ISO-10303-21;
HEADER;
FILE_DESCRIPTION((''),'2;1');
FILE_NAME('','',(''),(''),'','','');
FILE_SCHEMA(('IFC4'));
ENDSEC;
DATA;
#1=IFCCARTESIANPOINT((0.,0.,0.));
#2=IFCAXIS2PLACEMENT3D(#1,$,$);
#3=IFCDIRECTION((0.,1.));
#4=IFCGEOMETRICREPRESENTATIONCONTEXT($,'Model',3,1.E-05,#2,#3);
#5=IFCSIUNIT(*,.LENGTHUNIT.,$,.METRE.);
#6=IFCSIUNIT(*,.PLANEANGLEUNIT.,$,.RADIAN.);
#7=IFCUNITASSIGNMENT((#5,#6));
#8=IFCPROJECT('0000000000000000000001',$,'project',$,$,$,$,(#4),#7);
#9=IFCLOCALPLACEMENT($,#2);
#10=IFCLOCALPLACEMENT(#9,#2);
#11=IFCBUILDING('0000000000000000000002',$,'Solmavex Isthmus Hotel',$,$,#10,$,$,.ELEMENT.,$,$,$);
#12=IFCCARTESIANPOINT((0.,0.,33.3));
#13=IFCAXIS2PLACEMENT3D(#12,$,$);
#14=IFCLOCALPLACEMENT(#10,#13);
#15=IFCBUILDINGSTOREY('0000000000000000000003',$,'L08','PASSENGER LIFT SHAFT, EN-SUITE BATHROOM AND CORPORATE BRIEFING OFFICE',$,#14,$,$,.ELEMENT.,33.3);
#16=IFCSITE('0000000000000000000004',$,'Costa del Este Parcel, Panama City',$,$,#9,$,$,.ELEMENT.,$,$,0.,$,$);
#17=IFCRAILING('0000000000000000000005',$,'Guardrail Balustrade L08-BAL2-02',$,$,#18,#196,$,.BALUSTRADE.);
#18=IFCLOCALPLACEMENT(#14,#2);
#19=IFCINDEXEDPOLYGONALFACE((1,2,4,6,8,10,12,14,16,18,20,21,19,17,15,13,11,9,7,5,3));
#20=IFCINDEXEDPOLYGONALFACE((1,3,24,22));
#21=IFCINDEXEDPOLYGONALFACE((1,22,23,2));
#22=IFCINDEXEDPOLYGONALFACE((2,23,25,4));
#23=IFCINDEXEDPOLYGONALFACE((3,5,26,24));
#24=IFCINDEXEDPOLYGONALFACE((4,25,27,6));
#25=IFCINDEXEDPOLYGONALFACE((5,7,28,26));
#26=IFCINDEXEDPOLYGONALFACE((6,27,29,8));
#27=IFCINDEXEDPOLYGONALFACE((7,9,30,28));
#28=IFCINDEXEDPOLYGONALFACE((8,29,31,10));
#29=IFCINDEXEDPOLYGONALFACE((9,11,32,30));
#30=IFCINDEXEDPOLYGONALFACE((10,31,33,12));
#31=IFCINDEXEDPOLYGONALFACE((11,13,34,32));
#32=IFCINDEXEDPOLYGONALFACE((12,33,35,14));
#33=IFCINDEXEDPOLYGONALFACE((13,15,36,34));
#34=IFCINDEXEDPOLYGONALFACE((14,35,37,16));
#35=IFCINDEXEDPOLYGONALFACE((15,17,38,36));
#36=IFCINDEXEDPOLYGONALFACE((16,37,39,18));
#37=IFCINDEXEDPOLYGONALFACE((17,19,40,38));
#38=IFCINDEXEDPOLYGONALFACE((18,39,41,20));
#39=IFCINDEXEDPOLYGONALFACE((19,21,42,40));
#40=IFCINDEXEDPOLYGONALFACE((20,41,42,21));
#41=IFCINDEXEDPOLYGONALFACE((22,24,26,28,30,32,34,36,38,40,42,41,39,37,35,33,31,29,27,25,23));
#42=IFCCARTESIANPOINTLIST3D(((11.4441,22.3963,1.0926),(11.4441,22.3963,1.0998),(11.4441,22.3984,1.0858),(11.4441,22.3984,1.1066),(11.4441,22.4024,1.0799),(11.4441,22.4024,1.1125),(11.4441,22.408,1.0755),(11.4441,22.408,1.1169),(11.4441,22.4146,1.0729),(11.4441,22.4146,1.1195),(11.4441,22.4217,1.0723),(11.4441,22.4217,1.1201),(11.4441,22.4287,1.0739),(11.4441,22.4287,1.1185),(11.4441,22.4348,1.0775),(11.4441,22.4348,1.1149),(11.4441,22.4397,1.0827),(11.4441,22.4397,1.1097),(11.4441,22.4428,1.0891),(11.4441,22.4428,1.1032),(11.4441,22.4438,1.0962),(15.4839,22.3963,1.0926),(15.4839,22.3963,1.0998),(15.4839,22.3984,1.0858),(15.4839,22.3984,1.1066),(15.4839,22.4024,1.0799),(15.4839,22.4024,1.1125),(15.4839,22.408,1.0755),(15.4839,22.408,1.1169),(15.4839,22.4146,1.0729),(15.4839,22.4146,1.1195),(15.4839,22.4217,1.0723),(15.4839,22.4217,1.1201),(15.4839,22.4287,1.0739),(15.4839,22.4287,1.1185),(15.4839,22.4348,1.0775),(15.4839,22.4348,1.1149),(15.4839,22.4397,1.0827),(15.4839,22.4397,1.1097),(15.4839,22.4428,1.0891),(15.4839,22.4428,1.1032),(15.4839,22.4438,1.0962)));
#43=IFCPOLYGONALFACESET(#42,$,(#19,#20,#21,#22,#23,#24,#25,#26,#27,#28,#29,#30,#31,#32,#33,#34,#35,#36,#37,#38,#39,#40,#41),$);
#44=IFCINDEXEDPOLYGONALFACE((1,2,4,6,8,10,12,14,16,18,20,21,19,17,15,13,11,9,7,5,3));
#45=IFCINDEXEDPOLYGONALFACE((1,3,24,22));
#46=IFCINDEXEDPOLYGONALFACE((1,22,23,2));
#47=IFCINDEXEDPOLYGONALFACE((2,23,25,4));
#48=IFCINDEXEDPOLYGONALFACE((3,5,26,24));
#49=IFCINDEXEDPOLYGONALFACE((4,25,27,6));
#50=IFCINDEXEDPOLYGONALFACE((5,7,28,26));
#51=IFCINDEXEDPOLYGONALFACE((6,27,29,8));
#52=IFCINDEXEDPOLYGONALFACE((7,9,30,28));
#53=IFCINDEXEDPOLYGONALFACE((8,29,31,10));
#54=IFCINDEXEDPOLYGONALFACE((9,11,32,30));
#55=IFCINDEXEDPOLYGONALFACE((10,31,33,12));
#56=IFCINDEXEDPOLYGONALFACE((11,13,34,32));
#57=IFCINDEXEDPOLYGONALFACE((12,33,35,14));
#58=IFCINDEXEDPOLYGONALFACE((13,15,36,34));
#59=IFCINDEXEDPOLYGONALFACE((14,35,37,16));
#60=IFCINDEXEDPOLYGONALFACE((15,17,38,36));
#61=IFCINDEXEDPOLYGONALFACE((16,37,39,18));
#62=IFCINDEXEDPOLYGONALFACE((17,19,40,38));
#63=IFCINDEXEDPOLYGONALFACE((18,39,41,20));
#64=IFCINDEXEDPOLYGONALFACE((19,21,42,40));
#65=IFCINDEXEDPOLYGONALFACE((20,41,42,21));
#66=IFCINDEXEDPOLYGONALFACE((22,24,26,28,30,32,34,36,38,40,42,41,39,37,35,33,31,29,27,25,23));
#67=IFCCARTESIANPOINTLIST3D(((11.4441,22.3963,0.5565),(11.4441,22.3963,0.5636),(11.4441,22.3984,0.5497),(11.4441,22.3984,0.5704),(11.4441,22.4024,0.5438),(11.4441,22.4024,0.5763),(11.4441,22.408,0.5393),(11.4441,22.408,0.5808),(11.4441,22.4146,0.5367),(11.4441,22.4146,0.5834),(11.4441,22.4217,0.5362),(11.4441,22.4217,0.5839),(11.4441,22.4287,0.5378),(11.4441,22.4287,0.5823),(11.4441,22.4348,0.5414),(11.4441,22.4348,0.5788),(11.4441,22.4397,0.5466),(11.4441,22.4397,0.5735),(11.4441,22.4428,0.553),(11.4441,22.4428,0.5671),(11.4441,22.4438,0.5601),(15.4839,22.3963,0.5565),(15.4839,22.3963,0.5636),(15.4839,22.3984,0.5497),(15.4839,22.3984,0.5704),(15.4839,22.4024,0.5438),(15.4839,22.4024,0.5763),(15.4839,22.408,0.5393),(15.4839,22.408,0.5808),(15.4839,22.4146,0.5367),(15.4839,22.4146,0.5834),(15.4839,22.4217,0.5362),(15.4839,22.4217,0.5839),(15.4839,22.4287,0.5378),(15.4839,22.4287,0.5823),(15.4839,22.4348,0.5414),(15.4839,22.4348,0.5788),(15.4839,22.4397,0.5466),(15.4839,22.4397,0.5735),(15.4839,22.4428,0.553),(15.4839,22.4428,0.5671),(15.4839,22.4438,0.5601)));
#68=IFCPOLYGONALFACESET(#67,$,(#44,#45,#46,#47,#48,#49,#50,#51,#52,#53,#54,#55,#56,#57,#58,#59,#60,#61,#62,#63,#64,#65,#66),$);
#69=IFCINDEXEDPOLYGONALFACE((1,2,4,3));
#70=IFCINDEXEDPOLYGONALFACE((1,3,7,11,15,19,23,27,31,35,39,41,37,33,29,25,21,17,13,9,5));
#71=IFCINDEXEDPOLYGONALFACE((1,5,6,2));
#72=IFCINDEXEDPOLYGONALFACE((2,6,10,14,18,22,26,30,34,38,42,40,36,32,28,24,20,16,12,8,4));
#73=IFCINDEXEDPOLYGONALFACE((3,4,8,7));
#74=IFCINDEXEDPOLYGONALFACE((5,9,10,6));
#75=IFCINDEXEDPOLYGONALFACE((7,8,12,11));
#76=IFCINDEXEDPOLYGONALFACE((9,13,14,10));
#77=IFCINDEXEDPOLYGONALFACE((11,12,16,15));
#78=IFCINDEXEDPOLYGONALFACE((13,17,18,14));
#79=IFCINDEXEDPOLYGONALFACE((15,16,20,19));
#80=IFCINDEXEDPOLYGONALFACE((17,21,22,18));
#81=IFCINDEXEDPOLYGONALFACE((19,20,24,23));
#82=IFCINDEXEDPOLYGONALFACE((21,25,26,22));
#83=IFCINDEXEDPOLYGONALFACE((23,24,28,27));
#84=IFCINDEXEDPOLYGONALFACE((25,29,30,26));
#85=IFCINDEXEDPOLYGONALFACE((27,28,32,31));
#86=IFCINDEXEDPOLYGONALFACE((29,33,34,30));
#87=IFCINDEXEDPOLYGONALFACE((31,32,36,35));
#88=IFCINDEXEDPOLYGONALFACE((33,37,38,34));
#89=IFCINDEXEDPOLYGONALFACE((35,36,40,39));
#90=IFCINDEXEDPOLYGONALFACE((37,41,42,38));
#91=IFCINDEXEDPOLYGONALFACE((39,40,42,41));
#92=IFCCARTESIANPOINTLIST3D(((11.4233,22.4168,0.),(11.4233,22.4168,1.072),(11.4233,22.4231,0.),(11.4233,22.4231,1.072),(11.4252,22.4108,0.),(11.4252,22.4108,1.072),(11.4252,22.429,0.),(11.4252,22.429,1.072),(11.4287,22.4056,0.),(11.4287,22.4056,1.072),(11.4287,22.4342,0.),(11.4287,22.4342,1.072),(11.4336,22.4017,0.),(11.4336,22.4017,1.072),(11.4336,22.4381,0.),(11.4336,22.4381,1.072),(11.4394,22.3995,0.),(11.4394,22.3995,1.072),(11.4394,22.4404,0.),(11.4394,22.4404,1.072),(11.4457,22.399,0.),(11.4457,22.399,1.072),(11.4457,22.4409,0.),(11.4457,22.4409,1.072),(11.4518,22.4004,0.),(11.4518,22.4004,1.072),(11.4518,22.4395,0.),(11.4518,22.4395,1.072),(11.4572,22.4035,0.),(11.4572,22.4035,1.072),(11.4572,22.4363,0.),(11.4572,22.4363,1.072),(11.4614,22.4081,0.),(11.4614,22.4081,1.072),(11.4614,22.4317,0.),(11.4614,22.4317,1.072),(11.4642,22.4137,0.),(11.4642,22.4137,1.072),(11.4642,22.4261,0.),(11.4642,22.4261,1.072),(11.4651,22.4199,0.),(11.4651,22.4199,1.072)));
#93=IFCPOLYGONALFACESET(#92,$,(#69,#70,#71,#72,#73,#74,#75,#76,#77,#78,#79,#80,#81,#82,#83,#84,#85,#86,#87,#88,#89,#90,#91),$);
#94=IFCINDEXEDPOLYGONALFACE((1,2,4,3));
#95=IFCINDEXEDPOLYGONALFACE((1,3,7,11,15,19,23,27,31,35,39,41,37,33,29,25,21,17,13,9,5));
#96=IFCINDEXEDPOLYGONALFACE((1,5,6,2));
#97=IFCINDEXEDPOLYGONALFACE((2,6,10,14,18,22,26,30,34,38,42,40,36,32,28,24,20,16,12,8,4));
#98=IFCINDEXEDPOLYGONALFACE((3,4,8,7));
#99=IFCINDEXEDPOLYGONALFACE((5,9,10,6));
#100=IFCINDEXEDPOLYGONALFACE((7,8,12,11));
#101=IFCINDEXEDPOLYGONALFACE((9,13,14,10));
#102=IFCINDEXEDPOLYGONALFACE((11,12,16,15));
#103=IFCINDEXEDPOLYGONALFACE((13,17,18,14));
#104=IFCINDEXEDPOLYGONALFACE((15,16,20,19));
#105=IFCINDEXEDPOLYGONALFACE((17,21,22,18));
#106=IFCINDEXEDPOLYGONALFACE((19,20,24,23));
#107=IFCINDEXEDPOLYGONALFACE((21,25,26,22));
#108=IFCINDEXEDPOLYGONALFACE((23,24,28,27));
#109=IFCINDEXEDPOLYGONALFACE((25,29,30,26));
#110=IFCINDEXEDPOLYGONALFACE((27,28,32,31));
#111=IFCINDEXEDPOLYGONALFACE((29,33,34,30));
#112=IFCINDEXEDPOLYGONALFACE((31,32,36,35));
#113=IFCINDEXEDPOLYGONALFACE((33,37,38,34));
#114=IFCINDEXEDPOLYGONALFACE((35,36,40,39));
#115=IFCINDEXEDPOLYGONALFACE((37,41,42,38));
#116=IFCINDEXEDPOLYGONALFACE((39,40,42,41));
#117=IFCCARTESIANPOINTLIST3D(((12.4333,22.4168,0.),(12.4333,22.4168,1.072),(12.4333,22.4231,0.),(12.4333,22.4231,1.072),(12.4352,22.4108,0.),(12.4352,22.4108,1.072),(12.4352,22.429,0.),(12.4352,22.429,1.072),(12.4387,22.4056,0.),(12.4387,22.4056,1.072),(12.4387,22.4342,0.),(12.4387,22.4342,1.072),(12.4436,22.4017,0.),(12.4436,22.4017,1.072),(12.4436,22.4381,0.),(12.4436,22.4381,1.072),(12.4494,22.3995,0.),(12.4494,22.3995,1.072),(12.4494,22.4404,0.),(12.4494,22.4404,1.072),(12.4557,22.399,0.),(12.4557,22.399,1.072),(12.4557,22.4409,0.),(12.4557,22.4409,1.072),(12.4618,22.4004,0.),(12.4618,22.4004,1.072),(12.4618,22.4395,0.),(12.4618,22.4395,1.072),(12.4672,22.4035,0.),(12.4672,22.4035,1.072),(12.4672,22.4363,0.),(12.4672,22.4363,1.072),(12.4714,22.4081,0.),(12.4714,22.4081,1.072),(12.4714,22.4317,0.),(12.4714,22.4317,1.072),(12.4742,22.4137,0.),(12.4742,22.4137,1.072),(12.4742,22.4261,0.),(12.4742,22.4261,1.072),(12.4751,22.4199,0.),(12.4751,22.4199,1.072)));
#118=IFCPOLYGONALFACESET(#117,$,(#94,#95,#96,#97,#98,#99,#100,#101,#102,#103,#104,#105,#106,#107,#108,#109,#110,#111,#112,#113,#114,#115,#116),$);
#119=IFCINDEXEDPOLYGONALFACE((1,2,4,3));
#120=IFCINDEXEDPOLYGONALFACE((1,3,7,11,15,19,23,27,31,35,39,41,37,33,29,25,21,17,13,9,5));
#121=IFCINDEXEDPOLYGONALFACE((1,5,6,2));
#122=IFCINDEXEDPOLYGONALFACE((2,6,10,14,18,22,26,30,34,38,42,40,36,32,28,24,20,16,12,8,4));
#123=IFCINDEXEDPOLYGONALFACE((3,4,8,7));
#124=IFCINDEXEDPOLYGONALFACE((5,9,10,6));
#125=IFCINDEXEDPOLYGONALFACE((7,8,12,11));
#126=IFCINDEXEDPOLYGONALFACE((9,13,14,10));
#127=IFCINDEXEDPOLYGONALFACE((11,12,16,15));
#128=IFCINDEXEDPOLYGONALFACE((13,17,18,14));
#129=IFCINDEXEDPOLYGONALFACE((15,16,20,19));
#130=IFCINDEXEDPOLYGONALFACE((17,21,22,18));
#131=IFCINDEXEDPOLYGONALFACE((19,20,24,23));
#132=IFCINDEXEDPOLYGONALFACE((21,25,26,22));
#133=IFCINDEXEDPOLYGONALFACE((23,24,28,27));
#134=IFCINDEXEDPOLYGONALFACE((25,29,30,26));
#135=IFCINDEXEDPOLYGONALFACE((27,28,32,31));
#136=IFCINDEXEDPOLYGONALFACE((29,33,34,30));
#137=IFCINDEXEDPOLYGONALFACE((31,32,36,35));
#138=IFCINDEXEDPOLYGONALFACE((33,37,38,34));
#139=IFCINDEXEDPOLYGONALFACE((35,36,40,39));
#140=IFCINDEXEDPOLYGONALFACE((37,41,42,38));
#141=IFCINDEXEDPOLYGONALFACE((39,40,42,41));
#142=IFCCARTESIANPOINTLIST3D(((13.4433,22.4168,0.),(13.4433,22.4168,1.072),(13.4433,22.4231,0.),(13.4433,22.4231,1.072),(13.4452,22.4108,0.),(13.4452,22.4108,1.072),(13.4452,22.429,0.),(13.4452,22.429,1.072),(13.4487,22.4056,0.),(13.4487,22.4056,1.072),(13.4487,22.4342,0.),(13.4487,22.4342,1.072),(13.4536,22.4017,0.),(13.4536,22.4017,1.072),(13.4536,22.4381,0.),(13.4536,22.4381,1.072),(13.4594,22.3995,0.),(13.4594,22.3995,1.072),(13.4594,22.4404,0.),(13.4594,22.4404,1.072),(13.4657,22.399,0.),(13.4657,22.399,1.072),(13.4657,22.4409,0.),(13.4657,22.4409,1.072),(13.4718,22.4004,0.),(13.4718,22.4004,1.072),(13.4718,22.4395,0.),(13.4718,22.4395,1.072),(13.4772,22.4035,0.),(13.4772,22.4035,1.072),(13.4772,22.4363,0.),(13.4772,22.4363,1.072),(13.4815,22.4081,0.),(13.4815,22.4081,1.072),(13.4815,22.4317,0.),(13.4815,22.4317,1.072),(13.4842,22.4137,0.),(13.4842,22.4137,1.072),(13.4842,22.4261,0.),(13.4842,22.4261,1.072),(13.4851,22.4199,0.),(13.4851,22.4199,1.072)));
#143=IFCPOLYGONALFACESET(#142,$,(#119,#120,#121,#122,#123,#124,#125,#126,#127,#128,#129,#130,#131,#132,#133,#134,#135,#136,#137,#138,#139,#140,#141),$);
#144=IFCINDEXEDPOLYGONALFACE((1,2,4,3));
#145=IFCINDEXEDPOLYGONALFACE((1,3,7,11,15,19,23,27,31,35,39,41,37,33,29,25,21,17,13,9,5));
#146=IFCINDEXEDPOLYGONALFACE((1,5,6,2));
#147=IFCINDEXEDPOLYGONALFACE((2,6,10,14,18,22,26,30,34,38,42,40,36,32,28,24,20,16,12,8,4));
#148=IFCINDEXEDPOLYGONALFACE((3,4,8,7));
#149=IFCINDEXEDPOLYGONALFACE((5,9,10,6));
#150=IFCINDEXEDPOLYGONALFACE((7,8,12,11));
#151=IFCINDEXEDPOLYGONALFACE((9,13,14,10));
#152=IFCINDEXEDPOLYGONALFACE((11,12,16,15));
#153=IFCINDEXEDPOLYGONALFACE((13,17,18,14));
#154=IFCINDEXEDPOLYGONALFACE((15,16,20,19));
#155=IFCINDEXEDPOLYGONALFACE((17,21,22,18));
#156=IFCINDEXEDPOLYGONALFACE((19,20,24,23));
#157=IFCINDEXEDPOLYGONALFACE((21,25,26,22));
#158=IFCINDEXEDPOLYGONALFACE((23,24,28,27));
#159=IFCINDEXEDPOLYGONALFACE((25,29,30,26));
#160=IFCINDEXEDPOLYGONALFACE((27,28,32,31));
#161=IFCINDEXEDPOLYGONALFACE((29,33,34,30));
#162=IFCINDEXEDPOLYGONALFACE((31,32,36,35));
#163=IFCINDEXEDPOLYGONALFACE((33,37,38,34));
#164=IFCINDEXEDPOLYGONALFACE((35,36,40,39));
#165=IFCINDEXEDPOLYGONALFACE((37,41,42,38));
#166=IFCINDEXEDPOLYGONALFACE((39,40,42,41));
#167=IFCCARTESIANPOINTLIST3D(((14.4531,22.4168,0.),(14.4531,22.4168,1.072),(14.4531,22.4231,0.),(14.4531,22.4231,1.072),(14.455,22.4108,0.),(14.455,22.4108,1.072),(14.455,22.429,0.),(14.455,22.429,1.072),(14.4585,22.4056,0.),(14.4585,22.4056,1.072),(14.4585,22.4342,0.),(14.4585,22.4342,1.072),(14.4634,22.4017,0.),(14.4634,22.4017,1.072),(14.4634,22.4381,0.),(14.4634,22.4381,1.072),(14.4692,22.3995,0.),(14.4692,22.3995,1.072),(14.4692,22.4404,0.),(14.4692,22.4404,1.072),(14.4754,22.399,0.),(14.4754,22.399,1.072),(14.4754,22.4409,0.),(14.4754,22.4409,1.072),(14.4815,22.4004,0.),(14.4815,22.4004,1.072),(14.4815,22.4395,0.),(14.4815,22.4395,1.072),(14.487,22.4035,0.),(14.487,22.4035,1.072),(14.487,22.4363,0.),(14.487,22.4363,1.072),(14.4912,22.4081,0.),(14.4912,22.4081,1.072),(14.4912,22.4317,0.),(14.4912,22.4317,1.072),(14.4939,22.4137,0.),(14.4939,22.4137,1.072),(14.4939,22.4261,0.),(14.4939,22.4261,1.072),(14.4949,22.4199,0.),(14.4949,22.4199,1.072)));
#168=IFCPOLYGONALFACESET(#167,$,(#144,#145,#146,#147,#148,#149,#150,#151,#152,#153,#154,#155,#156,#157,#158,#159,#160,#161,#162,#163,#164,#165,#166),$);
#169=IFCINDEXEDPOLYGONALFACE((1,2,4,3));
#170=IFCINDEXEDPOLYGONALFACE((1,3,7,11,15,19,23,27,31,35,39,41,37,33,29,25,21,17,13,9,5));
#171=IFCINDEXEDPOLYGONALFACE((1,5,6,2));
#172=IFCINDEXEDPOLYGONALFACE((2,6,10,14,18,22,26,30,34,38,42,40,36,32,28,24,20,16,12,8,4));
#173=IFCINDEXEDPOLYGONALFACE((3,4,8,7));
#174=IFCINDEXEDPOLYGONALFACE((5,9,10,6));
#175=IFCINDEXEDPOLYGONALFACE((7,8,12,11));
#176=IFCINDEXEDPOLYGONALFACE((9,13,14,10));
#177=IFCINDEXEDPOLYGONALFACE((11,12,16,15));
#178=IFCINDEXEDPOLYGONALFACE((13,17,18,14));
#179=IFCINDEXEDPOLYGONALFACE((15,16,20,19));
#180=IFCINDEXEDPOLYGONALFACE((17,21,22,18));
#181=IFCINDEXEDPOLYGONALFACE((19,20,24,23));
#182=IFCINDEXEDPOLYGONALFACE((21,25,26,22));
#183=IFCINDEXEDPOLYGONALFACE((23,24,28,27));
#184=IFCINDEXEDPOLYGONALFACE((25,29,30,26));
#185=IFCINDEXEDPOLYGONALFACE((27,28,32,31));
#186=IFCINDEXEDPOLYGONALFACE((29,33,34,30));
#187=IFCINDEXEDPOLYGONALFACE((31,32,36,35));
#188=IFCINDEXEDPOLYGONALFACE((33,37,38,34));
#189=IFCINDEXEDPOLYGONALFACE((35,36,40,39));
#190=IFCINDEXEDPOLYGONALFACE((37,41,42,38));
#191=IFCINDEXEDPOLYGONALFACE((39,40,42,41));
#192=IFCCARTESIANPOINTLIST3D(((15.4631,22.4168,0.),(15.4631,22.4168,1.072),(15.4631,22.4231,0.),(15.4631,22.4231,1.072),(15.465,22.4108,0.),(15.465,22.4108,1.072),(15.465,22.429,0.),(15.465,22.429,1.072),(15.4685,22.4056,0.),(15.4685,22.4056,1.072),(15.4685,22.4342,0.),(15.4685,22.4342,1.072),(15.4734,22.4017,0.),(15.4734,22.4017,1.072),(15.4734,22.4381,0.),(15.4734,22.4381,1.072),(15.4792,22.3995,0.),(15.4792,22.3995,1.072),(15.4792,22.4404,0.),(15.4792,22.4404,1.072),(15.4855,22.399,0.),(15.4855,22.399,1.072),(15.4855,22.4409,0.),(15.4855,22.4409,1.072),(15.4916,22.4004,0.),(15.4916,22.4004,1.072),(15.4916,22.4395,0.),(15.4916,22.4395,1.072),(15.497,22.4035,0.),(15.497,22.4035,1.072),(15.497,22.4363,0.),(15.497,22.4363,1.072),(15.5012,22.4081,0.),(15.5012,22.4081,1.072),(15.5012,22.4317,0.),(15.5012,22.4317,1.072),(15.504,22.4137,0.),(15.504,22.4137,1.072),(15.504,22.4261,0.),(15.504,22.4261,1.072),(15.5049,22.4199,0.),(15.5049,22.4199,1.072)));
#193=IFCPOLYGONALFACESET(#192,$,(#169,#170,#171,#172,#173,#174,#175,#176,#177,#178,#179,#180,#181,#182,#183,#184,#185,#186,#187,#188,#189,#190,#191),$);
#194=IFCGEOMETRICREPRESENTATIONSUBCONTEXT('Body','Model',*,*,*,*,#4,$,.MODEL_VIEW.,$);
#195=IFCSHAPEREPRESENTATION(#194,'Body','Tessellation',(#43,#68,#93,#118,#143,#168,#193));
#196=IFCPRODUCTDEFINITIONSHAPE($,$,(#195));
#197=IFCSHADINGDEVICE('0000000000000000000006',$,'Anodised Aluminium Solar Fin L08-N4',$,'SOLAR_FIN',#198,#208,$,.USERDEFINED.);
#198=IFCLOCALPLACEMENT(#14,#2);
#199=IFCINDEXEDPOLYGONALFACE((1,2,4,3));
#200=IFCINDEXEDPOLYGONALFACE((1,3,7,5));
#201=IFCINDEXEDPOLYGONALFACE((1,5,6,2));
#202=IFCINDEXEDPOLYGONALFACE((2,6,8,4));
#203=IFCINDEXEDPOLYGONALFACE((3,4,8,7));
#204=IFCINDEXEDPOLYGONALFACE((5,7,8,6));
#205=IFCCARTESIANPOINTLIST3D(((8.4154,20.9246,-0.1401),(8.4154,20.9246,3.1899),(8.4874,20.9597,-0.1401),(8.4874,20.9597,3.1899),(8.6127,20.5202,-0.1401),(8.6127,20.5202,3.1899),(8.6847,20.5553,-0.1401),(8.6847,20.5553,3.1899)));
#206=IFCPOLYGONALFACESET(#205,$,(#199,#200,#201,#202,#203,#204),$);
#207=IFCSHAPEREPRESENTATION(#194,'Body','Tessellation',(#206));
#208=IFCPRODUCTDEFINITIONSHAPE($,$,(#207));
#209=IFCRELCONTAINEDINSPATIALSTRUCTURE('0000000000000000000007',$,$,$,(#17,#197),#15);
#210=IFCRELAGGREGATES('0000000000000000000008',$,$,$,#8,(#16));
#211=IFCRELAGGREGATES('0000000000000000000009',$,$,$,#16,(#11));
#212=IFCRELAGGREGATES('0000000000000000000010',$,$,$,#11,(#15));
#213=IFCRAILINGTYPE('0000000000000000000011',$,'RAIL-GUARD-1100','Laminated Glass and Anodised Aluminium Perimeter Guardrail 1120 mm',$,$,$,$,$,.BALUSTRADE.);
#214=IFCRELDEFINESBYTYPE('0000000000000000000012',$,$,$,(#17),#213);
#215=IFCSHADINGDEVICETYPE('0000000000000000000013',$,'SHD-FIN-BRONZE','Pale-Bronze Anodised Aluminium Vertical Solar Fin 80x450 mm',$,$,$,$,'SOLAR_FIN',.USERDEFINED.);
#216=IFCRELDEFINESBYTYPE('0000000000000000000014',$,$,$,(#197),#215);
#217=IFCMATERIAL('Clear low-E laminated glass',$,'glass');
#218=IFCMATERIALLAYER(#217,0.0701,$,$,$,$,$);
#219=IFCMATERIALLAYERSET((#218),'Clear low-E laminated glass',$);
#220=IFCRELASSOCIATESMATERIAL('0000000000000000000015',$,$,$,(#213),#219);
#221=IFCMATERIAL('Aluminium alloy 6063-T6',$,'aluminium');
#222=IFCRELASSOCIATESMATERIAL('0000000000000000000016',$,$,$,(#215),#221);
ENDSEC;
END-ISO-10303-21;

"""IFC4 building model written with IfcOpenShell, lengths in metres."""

from ifc_helpers import new_model, si_unit, direction, frame, origin, origin_2d, place, context, subcontext, project, spatial, rectangle, circle, extrude, material, layer, layer_set, type_object, element, save


model = new_model("IFC4")

# Units and contexts
model_context = context("Model", 3, precision=1e-05, world=origin(), true_north=direction((0.0, 1.0)))
body_context = subcontext(model_context, "Body", "Model", "MODEL_VIEW")
ifc_project = project(units=[si_unit("LENGTHUNIT", "METRE"), si_unit("PLANEANGLEUNIT", "RADIAN")], contexts=[model_context])

# Site, building, storey
site_placement = place(None, origin())
site = spatial("IfcSite", under=ifc_project, at=site_placement, Name="Costa del Este Parcel, Panama City", CompositionType="ELEMENT", RefElevation=0.0)
building_placement = place(site_placement, origin())
building = spatial("IfcBuilding", under=site, at=building_placement, Name="Solmavex Isthmus Hotel", CompositionType="ELEMENT")
storey_placement = place(building_placement, frame((0.0, 0.0, 33.3)))
storey = spatial("IfcBuildingStorey", under=building, at=storey_placement, Name="L08", Description="PASSENGER LIFT SHAFT, EN-SUITE BATHROOM AND CORPORATE BRIEFING OFFICE", CompositionType="ELEMENT", Elevation=33.3)

# Shared definitions
ifc_material_1 = material(Name="Aluminium alloy 6063-T6", Category="aluminium")

# Shared definitions
ifc_material_2 = material(Name="Clear low-E laminated glass", Category="glass")

# Railing
ifc_layer_1 = layer(ifc_material_2, 0.0701)
ifc_layer_set_1 = layer_set([ifc_layer_1], Name="Clear low-E laminated glass")
railing_type = type_object("IfcRailingType", Name="RAIL-GUARD-1100", Description="Laminated Glass and Anodised Aluminium Perimeter Guardrail 1120 mm", PredefinedType="BALUSTRADE", material=ifc_layer_set_1)
railing_1_placement = place(storey_placement, frame((11.4441, 22.4199, 0.0)))
element("IfcRailing", 1, at=railing_1_placement, inside=storey, type_object=railing_type, Name="Guardrail Balustrade L08-BAL2-02", PredefinedType="BALUSTRADE", context=body_context, shape_type="SweptSolid", body=[
    extrude(circle(Radius=0.0239, at=origin_2d()), frame((0.0, 0.0, 1.0962), z_axis=(1.0, 0.0, 0.0), x_axis=(0.0, 1.0, 0.0)), (0.0, 0.0, 1.0), 4.0398),
    extrude(circle(Radius=0.0239, at=origin_2d()), frame((0.0, 0.0, 0.5601), z_axis=(1.0, 0.0, 0.0), x_axis=(0.0, 1.0, 0.0)), (0.0, 0.0, 1.0), 4.0398),
    extrude(circle(Radius=0.021, at=origin_2d()), origin(), (0.0, 0.0, 1.0), 1.072),
    extrude(circle(Radius=0.021, at=origin_2d()), frame((1.01, 0.0, 0.0)), (0.0, 0.0, 1.0), 1.072),
    extrude(circle(Radius=0.021, at=origin_2d()), frame((2.02, 0.0, 0.0)), (0.0, 0.0, 1.0), 1.072),
    extrude(circle(Radius=0.021, at=origin_2d()), frame((3.0298, 0.0, 0.0)), (0.0, 0.0, 1.0), 1.072),
    extrude(circle(Radius=0.021, at=origin_2d()), frame((4.0398, 0.0, 0.0)), (0.0, 0.0, 1.0), 1.072),
])

# Shading device
shading_device_type = type_object("IfcShadingDeviceType", Name="SHD-FIN-BRONZE", Description="Pale-Bronze Anodised Aluminium Vertical Solar Fin 80x450 mm", ElementType="SOLAR_FIN", PredefinedType="USERDEFINED", material=ifc_material_1)
shading_device_placement = place(storey_placement, frame((8.55, 20.74, -0.1401), z_axis=(0.0, 0.0, 1.0), x_axis=(-0.438371, 0.898794, 0.0)))
element("IfcShadingDevice", 2, at=shading_device_placement, inside=storey, type_object=shading_device_type, Name="Anodised Aluminium Solar Fin L08-N4", ObjectType="SOLAR_FIN", PredefinedType="USERDEFINED", context=body_context, shape_type="SweptSolid", body=[
    extrude(rectangle(XDim=0.45, YDim=0.0801, at=origin_2d()), origin(), (0.0, 0.0, 1.0), 3.3301),
])

save(model, "model.ifc")
